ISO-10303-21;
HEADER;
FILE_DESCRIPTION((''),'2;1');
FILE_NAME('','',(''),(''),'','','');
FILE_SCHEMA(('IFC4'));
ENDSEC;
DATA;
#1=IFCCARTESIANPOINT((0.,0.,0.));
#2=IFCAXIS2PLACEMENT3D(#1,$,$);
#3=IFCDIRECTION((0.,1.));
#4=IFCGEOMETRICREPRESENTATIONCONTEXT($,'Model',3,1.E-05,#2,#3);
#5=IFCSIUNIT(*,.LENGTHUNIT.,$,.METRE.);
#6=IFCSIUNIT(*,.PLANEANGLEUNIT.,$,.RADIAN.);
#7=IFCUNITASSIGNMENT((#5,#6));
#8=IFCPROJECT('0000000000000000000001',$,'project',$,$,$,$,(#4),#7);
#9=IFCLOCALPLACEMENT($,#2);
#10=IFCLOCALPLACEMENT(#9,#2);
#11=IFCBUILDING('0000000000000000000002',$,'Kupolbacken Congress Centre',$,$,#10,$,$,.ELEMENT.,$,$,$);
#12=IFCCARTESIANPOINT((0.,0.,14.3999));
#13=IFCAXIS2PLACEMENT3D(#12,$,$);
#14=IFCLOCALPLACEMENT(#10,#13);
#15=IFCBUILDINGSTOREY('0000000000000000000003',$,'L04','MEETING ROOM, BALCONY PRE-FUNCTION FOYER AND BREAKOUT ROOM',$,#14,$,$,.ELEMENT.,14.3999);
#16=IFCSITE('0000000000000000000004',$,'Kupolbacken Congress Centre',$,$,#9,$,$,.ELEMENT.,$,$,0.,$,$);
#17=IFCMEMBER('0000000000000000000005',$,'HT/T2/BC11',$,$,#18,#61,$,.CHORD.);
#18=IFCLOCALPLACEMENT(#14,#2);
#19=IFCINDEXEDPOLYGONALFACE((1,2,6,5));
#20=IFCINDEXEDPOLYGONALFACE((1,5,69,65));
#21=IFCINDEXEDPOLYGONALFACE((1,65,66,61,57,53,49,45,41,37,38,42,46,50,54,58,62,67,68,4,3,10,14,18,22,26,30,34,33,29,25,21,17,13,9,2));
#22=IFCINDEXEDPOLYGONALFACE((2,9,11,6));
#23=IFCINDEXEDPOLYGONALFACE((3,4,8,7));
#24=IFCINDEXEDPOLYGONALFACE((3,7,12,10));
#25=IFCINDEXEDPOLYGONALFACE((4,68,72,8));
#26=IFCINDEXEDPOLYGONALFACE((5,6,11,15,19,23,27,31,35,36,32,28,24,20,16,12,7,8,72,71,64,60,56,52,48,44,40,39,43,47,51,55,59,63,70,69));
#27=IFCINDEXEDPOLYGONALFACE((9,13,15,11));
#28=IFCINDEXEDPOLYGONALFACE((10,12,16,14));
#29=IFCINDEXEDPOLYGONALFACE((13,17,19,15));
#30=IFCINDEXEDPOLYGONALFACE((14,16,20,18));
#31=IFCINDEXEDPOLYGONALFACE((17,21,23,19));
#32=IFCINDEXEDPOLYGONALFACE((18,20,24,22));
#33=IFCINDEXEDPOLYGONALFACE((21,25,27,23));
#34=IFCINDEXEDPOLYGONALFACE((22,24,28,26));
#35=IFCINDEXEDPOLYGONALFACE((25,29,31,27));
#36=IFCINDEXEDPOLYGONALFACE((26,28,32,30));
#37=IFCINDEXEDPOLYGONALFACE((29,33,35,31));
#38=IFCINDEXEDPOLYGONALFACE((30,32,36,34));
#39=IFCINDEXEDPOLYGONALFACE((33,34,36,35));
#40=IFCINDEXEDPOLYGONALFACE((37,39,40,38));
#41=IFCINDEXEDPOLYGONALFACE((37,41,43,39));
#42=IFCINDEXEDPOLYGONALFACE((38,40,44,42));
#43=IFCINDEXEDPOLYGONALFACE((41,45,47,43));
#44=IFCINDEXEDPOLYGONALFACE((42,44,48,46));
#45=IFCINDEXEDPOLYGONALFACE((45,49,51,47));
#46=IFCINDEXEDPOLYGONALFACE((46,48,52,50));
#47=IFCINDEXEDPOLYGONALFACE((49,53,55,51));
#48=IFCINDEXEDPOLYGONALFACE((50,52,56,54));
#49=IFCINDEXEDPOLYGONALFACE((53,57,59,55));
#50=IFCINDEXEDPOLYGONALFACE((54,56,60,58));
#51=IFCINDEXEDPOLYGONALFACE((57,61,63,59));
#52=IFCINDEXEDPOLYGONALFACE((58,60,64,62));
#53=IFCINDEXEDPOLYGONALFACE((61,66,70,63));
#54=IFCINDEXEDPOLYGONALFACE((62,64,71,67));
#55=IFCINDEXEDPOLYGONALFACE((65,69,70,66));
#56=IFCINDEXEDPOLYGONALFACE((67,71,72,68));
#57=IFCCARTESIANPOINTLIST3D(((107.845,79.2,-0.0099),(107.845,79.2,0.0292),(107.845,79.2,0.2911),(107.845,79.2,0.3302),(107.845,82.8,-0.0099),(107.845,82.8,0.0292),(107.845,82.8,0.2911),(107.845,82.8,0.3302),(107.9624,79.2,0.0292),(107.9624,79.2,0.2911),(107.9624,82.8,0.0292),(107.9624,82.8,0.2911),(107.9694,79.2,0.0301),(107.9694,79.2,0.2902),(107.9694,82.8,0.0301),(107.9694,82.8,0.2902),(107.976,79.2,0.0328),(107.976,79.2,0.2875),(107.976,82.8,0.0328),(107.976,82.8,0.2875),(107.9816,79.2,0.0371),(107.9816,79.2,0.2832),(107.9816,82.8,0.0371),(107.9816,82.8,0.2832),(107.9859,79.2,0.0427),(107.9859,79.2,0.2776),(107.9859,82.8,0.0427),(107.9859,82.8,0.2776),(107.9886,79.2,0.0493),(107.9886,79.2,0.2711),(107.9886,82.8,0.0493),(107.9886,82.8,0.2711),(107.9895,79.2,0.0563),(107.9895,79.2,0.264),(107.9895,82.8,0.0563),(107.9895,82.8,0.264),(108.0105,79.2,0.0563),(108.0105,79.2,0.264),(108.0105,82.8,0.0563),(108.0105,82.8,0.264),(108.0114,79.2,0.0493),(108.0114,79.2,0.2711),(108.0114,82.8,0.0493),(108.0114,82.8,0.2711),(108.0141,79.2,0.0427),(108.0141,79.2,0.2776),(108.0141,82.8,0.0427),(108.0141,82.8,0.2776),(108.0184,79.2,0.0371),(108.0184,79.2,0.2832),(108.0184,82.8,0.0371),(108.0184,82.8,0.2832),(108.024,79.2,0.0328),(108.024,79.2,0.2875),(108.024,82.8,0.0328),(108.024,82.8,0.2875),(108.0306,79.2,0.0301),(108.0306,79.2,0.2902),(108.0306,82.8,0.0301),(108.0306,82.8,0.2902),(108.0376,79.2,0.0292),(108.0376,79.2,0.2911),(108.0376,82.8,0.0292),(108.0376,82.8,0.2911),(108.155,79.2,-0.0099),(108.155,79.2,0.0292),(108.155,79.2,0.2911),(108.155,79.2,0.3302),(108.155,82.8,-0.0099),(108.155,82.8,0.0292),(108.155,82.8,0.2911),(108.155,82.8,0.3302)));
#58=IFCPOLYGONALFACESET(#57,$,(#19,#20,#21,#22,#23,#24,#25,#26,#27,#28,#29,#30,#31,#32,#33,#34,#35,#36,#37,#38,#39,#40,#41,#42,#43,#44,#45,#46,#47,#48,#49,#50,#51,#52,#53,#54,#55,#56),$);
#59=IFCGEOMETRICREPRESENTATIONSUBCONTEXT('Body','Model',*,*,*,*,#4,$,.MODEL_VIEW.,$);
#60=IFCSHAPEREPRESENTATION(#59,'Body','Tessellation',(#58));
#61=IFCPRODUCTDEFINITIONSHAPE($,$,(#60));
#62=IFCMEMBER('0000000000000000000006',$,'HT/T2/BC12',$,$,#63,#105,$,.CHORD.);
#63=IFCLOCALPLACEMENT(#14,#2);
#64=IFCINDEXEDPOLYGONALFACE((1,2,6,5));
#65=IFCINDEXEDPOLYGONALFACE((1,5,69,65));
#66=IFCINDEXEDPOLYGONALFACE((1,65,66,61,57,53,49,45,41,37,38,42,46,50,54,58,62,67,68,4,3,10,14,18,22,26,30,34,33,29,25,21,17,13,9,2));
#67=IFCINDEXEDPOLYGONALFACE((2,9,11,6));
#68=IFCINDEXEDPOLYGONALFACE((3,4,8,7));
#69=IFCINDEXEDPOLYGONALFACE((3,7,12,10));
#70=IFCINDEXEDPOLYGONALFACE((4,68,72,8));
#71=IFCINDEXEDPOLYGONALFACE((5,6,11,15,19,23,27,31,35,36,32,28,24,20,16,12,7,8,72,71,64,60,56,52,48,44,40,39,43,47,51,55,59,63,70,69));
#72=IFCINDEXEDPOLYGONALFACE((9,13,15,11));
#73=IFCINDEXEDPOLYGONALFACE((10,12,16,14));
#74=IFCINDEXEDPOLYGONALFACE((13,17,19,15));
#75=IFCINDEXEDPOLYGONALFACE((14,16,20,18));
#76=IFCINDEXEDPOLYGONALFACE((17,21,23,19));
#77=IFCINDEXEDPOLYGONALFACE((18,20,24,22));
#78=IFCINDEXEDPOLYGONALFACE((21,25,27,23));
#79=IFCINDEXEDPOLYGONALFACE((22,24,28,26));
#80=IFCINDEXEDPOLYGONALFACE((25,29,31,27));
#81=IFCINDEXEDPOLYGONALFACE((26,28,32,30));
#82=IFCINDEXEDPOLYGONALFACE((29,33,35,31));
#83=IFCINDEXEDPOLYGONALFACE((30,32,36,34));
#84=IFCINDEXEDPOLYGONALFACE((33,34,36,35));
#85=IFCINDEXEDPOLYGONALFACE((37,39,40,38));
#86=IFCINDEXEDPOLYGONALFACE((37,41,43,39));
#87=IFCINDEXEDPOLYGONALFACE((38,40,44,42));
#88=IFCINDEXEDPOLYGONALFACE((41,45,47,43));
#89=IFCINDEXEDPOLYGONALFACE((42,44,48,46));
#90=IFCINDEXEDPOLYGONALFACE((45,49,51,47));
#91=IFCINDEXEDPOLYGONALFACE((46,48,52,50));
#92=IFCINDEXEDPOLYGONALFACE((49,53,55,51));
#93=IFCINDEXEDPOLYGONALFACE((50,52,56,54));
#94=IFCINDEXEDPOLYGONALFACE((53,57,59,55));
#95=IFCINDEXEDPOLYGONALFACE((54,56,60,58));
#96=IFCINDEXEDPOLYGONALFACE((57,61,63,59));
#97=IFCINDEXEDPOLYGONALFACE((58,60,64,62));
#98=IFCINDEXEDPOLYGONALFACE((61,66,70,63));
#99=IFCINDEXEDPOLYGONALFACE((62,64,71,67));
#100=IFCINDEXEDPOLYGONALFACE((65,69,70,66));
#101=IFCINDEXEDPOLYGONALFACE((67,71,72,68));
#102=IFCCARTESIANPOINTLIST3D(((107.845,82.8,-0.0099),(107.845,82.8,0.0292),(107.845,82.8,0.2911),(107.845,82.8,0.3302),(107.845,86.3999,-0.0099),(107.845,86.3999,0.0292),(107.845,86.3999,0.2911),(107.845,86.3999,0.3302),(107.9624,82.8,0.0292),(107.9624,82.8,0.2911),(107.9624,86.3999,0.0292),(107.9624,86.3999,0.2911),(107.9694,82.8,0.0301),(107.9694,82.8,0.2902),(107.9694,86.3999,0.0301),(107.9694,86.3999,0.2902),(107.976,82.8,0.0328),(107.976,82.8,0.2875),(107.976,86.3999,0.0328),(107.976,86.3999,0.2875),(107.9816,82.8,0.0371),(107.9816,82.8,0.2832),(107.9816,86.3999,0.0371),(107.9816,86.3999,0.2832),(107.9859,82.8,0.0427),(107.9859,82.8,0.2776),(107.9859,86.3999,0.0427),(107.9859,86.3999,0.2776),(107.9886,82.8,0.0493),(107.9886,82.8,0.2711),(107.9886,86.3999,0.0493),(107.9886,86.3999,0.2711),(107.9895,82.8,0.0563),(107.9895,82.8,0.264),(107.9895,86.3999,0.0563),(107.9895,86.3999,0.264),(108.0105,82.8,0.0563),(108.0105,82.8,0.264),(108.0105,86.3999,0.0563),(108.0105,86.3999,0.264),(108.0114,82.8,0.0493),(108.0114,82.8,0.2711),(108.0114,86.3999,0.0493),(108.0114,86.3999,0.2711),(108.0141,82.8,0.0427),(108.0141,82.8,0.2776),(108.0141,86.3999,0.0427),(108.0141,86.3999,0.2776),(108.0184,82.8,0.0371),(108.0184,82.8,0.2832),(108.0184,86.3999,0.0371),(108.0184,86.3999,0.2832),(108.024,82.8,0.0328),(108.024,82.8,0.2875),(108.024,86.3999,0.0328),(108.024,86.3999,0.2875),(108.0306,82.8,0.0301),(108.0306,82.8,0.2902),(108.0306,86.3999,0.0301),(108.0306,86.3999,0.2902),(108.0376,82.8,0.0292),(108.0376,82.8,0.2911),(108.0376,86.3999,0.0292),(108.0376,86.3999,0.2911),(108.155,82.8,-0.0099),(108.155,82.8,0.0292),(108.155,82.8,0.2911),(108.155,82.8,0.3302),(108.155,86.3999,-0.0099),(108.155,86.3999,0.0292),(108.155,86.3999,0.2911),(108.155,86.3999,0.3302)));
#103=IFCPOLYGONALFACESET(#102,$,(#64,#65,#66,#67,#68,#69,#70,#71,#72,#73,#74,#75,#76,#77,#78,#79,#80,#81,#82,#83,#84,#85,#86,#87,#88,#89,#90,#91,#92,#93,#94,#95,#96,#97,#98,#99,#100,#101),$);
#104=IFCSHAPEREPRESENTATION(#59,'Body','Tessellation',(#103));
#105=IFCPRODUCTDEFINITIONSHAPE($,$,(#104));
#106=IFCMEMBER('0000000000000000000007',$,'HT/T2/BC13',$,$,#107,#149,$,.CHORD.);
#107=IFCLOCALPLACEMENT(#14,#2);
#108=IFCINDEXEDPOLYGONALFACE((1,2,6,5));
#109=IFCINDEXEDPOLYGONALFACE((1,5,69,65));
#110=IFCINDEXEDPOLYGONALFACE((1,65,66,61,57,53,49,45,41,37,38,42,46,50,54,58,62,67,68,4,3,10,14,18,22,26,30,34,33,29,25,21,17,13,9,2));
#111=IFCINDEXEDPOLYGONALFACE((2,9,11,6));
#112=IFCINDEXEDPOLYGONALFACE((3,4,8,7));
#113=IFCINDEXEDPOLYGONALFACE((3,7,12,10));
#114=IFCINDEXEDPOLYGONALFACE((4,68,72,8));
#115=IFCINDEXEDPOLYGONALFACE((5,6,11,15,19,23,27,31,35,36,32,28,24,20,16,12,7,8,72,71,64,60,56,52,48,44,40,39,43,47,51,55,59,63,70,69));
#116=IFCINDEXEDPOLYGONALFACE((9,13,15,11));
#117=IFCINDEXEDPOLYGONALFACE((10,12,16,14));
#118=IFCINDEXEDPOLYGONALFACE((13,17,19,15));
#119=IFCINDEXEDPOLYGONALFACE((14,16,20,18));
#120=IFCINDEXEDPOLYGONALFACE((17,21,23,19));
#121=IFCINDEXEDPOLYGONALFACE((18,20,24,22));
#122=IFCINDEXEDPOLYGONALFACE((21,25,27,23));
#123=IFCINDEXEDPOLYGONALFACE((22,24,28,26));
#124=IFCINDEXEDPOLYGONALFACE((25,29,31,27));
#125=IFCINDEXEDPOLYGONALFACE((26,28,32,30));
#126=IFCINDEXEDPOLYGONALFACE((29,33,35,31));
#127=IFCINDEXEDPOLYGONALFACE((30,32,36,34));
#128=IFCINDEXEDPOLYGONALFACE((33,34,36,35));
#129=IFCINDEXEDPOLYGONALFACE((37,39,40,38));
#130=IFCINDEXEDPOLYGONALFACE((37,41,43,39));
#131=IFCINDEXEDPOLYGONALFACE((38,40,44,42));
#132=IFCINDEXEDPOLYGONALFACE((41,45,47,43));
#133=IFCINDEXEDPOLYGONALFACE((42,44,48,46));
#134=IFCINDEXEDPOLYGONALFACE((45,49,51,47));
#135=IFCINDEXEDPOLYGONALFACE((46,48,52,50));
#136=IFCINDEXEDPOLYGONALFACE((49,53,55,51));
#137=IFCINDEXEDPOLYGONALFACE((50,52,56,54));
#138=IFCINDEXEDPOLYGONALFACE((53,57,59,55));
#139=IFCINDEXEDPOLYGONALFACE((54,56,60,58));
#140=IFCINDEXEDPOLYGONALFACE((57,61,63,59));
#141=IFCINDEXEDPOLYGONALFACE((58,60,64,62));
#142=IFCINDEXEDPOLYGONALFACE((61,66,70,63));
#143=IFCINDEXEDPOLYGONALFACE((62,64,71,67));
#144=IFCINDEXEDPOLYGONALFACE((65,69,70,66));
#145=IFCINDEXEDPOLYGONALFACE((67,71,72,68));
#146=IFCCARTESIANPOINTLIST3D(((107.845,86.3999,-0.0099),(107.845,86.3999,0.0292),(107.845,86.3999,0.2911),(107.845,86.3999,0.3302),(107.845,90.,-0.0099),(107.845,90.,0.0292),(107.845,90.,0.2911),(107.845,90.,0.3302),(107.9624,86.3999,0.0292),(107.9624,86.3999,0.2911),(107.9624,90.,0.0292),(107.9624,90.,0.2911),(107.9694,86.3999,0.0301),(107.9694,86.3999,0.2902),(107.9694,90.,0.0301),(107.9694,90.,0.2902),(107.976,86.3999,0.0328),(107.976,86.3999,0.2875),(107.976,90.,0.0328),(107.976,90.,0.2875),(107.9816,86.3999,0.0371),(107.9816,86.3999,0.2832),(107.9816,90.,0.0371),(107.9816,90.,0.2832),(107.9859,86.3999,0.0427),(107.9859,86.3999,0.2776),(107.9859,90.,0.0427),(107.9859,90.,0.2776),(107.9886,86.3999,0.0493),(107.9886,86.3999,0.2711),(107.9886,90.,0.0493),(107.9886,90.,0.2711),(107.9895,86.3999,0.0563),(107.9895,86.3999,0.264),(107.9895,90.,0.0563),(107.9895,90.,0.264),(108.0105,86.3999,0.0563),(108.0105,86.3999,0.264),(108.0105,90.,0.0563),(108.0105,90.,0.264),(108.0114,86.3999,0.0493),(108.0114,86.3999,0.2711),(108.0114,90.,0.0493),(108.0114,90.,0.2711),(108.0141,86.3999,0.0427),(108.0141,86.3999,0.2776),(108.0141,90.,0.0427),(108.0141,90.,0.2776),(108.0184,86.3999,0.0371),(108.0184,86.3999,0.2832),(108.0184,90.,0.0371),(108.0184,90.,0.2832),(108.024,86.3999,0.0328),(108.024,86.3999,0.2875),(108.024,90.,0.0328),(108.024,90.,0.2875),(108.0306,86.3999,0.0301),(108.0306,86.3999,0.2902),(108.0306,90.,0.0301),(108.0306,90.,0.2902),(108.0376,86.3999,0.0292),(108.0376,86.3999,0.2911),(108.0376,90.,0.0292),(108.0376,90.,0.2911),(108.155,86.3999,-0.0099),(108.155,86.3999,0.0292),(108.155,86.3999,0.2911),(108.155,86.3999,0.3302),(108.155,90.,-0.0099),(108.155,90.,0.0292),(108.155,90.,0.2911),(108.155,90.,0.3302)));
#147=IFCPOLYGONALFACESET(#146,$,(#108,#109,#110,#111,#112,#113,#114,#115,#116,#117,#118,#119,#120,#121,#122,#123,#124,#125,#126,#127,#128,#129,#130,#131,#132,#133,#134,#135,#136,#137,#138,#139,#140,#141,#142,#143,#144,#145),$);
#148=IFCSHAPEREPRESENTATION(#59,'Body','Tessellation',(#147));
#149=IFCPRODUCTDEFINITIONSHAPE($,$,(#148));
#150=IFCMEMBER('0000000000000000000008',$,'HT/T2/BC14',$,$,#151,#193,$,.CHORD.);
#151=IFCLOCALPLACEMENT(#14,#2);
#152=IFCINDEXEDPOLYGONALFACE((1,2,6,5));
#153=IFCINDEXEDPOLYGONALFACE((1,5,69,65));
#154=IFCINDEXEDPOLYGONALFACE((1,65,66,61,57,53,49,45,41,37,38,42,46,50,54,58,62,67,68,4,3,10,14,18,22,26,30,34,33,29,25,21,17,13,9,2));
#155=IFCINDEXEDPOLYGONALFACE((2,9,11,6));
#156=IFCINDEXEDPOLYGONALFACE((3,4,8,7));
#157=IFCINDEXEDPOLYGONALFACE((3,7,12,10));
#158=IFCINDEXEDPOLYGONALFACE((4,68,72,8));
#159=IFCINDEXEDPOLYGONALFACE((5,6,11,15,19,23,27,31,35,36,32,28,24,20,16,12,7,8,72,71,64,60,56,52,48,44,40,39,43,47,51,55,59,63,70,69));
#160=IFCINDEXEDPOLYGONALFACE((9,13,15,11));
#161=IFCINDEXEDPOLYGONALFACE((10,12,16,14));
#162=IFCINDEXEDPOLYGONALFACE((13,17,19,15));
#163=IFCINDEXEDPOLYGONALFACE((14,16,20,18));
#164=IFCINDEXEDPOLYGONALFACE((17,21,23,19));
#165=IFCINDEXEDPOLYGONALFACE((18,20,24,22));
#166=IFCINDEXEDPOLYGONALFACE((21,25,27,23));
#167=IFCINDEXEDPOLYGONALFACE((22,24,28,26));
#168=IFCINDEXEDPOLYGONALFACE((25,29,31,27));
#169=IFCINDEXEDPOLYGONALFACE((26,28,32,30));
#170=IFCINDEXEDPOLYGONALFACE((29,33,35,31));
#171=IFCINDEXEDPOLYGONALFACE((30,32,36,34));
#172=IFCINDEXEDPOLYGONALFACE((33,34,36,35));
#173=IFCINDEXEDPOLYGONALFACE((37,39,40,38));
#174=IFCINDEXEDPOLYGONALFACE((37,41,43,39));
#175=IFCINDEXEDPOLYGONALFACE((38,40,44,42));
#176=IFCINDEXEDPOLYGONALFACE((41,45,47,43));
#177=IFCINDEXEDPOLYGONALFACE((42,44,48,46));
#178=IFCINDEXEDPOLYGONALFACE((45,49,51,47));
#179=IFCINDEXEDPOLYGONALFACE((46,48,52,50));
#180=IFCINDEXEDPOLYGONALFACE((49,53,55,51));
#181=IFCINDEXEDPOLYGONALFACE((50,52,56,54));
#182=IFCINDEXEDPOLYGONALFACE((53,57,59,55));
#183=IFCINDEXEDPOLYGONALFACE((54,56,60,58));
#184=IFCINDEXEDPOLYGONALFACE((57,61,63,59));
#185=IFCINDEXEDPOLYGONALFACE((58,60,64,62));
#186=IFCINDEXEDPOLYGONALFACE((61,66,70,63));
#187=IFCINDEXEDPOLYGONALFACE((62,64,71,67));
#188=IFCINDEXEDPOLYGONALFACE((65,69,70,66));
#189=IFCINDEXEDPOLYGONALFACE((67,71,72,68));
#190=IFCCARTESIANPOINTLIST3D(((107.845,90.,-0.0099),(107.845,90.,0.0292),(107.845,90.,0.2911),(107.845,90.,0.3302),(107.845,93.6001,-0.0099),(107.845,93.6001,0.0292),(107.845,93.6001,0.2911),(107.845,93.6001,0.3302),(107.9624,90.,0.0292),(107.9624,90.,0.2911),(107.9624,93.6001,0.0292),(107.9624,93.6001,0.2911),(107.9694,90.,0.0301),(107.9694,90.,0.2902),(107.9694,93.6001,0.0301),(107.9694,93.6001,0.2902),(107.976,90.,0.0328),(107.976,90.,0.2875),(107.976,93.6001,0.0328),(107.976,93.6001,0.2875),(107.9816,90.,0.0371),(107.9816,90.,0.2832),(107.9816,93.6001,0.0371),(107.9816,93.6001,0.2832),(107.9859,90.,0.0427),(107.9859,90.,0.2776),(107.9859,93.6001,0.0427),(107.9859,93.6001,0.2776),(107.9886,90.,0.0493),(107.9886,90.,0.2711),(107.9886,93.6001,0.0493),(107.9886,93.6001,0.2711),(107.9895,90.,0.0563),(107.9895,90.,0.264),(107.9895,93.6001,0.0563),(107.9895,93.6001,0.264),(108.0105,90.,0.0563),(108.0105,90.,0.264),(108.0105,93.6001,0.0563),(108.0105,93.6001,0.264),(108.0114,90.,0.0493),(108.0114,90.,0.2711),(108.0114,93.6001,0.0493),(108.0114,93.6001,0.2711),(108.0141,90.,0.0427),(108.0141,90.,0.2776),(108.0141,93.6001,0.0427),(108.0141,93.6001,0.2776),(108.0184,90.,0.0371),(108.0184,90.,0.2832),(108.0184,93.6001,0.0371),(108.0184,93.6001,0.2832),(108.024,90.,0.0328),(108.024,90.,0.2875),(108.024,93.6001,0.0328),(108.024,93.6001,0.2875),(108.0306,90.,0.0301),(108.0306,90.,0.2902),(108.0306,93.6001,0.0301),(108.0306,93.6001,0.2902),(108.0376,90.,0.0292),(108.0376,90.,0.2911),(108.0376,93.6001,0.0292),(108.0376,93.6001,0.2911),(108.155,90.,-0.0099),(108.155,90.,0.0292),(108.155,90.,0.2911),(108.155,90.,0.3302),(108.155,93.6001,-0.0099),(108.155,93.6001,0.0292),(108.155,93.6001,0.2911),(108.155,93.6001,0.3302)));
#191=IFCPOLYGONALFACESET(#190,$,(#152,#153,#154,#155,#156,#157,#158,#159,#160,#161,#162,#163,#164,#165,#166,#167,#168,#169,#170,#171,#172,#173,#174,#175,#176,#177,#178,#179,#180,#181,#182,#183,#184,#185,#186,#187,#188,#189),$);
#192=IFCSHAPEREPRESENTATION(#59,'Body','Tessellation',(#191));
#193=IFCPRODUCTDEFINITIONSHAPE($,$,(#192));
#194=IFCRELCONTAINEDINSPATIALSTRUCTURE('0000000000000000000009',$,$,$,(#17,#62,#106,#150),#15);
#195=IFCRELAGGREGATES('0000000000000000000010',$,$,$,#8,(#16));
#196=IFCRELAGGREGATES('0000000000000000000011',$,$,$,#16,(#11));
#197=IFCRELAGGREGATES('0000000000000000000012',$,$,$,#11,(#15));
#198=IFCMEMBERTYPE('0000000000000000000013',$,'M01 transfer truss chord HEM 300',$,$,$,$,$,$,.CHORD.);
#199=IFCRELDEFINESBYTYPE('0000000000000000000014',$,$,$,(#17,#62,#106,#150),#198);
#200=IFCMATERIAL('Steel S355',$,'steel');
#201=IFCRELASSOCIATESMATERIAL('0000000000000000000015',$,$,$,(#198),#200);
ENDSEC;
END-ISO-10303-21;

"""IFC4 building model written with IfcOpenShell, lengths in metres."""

from ifc_helpers import new_model, si_unit, direction, frame, origin, origin_2d, place, context, subcontext, project, spatial, i_section, extrude, material, material_profile, profile_set, type_object, element, save


model = new_model("IFC4")

# Units and contexts
model_context = context("Model", 3, precision=1e-05, world=origin(), true_north=direction((0.0, 1.0)))
body_context = subcontext(model_context, "Body", "Model", "MODEL_VIEW")
ifc_project = project(units=[si_unit("LENGTHUNIT", "METRE"), si_unit("PLANEANGLEUNIT", "RADIAN")], contexts=[model_context])

# Site, building, storey
site_placement = place(None, origin())
site = spatial("IfcSite", under=ifc_project, at=site_placement, Name="Kupolbacken Congress Centre", CompositionType="ELEMENT", RefElevation=0.0)
building_placement = place(site_placement, origin())
building = spatial("IfcBuilding", under=site, at=building_placement, Name="Kupolbacken Congress Centre", CompositionType="ELEMENT")
storey_placement = place(building_placement, frame((0.0, 0.0, 14.3999)))
storey = spatial("IfcBuildingStorey", under=building, at=storey_placement, Name="L04", Description="MEETING ROOM, BALCONY PRE-FUNCTION FOYER AND BREAKOUT ROOM", CompositionType="ELEMENT", Elevation=14.3999)

# Members
ifc_material_1 = material(Name="Steel S355", Category="steel")
ifc_material_profile_1 = material_profile(ifc_material_1, i_section(OverallWidth=0.3101, OverallDepth=0.3401, WebThickness=0.021, FlangeThickness=0.0391, FilletRadius=0.0271, at=origin_2d()), Name="HEM 300")
ifc_profile_set_1 = profile_set([ifc_material_profile_1], Name="Steel S355")
member_type_1 = type_object("IfcMemberType", Name="M01 transfer truss chord HEM 300", PredefinedType="CHORD", material=ifc_profile_set_1)
member_1_placement = place(storey_placement, frame((108.0, 79.2, 0.1602), z_axis=(0.0, 1.0, 0.0), x_axis=(-1.0, 0.0, 0.0)))
element("IfcMember", 1, at=member_1_placement, inside=storey, type_object=member_type_1, Name="HT/T2/BC11", PredefinedType="CHORD", context=body_context, shape_type="SweptSolid", body=[
    extrude(i_section(OverallWidth=0.3101, OverallDepth=0.3401, WebThickness=0.021, FlangeThickness=0.0391, FilletRadius=0.0271, at=origin_2d()), origin(), (0.0, 0.0, 1.0), 3.6001),
])
member_2_placement = place(storey_placement, frame((108.0, 82.8, 0.1602), z_axis=(0.0, 1.0, 0.0), x_axis=(-1.0, 0.0, 0.0)))
element("IfcMember", 2, at=member_2_placement, inside=storey, type_object=member_type_1, Name="HT/T2/BC12", PredefinedType="CHORD", context=body_context, shape_type="SweptSolid", body=[
    extrude(i_section(OverallWidth=0.3101, OverallDepth=0.3401, WebThickness=0.021, FlangeThickness=0.0391, FilletRadius=0.0271, at=origin_2d()), origin(), (0.0, 0.0, 1.0), 3.5999),
])
for number, where, z_axis, x_axis, name in (
    (3, (108.0, 86.3999, 0.1602), (0.0, 1.0, 0.0), (-1.0, 0.0, 0.0), "HT/T2/BC13"),
    (4, (108.0, 90.0, 0.1602), (0.0, 1.0, 0.0), (-1.0, 0.0, 0.0), "HT/T2/BC14"),
):
    element("IfcMember", number, at=place(storey_placement, frame(where, z_axis=z_axis, x_axis=x_axis)), inside=storey, type_object=member_type_1, Name=name, PredefinedType="CHORD", context=body_context, shape_type="SweptSolid", body=[
        extrude(i_section(OverallWidth=0.3101, OverallDepth=0.3401, WebThickness=0.021, FlangeThickness=0.0391, FilletRadius=0.0271, at=origin_2d()), origin(), (0.0, 0.0, 1.0), 3.6001),
    ])

save(model, "model.ifc")
